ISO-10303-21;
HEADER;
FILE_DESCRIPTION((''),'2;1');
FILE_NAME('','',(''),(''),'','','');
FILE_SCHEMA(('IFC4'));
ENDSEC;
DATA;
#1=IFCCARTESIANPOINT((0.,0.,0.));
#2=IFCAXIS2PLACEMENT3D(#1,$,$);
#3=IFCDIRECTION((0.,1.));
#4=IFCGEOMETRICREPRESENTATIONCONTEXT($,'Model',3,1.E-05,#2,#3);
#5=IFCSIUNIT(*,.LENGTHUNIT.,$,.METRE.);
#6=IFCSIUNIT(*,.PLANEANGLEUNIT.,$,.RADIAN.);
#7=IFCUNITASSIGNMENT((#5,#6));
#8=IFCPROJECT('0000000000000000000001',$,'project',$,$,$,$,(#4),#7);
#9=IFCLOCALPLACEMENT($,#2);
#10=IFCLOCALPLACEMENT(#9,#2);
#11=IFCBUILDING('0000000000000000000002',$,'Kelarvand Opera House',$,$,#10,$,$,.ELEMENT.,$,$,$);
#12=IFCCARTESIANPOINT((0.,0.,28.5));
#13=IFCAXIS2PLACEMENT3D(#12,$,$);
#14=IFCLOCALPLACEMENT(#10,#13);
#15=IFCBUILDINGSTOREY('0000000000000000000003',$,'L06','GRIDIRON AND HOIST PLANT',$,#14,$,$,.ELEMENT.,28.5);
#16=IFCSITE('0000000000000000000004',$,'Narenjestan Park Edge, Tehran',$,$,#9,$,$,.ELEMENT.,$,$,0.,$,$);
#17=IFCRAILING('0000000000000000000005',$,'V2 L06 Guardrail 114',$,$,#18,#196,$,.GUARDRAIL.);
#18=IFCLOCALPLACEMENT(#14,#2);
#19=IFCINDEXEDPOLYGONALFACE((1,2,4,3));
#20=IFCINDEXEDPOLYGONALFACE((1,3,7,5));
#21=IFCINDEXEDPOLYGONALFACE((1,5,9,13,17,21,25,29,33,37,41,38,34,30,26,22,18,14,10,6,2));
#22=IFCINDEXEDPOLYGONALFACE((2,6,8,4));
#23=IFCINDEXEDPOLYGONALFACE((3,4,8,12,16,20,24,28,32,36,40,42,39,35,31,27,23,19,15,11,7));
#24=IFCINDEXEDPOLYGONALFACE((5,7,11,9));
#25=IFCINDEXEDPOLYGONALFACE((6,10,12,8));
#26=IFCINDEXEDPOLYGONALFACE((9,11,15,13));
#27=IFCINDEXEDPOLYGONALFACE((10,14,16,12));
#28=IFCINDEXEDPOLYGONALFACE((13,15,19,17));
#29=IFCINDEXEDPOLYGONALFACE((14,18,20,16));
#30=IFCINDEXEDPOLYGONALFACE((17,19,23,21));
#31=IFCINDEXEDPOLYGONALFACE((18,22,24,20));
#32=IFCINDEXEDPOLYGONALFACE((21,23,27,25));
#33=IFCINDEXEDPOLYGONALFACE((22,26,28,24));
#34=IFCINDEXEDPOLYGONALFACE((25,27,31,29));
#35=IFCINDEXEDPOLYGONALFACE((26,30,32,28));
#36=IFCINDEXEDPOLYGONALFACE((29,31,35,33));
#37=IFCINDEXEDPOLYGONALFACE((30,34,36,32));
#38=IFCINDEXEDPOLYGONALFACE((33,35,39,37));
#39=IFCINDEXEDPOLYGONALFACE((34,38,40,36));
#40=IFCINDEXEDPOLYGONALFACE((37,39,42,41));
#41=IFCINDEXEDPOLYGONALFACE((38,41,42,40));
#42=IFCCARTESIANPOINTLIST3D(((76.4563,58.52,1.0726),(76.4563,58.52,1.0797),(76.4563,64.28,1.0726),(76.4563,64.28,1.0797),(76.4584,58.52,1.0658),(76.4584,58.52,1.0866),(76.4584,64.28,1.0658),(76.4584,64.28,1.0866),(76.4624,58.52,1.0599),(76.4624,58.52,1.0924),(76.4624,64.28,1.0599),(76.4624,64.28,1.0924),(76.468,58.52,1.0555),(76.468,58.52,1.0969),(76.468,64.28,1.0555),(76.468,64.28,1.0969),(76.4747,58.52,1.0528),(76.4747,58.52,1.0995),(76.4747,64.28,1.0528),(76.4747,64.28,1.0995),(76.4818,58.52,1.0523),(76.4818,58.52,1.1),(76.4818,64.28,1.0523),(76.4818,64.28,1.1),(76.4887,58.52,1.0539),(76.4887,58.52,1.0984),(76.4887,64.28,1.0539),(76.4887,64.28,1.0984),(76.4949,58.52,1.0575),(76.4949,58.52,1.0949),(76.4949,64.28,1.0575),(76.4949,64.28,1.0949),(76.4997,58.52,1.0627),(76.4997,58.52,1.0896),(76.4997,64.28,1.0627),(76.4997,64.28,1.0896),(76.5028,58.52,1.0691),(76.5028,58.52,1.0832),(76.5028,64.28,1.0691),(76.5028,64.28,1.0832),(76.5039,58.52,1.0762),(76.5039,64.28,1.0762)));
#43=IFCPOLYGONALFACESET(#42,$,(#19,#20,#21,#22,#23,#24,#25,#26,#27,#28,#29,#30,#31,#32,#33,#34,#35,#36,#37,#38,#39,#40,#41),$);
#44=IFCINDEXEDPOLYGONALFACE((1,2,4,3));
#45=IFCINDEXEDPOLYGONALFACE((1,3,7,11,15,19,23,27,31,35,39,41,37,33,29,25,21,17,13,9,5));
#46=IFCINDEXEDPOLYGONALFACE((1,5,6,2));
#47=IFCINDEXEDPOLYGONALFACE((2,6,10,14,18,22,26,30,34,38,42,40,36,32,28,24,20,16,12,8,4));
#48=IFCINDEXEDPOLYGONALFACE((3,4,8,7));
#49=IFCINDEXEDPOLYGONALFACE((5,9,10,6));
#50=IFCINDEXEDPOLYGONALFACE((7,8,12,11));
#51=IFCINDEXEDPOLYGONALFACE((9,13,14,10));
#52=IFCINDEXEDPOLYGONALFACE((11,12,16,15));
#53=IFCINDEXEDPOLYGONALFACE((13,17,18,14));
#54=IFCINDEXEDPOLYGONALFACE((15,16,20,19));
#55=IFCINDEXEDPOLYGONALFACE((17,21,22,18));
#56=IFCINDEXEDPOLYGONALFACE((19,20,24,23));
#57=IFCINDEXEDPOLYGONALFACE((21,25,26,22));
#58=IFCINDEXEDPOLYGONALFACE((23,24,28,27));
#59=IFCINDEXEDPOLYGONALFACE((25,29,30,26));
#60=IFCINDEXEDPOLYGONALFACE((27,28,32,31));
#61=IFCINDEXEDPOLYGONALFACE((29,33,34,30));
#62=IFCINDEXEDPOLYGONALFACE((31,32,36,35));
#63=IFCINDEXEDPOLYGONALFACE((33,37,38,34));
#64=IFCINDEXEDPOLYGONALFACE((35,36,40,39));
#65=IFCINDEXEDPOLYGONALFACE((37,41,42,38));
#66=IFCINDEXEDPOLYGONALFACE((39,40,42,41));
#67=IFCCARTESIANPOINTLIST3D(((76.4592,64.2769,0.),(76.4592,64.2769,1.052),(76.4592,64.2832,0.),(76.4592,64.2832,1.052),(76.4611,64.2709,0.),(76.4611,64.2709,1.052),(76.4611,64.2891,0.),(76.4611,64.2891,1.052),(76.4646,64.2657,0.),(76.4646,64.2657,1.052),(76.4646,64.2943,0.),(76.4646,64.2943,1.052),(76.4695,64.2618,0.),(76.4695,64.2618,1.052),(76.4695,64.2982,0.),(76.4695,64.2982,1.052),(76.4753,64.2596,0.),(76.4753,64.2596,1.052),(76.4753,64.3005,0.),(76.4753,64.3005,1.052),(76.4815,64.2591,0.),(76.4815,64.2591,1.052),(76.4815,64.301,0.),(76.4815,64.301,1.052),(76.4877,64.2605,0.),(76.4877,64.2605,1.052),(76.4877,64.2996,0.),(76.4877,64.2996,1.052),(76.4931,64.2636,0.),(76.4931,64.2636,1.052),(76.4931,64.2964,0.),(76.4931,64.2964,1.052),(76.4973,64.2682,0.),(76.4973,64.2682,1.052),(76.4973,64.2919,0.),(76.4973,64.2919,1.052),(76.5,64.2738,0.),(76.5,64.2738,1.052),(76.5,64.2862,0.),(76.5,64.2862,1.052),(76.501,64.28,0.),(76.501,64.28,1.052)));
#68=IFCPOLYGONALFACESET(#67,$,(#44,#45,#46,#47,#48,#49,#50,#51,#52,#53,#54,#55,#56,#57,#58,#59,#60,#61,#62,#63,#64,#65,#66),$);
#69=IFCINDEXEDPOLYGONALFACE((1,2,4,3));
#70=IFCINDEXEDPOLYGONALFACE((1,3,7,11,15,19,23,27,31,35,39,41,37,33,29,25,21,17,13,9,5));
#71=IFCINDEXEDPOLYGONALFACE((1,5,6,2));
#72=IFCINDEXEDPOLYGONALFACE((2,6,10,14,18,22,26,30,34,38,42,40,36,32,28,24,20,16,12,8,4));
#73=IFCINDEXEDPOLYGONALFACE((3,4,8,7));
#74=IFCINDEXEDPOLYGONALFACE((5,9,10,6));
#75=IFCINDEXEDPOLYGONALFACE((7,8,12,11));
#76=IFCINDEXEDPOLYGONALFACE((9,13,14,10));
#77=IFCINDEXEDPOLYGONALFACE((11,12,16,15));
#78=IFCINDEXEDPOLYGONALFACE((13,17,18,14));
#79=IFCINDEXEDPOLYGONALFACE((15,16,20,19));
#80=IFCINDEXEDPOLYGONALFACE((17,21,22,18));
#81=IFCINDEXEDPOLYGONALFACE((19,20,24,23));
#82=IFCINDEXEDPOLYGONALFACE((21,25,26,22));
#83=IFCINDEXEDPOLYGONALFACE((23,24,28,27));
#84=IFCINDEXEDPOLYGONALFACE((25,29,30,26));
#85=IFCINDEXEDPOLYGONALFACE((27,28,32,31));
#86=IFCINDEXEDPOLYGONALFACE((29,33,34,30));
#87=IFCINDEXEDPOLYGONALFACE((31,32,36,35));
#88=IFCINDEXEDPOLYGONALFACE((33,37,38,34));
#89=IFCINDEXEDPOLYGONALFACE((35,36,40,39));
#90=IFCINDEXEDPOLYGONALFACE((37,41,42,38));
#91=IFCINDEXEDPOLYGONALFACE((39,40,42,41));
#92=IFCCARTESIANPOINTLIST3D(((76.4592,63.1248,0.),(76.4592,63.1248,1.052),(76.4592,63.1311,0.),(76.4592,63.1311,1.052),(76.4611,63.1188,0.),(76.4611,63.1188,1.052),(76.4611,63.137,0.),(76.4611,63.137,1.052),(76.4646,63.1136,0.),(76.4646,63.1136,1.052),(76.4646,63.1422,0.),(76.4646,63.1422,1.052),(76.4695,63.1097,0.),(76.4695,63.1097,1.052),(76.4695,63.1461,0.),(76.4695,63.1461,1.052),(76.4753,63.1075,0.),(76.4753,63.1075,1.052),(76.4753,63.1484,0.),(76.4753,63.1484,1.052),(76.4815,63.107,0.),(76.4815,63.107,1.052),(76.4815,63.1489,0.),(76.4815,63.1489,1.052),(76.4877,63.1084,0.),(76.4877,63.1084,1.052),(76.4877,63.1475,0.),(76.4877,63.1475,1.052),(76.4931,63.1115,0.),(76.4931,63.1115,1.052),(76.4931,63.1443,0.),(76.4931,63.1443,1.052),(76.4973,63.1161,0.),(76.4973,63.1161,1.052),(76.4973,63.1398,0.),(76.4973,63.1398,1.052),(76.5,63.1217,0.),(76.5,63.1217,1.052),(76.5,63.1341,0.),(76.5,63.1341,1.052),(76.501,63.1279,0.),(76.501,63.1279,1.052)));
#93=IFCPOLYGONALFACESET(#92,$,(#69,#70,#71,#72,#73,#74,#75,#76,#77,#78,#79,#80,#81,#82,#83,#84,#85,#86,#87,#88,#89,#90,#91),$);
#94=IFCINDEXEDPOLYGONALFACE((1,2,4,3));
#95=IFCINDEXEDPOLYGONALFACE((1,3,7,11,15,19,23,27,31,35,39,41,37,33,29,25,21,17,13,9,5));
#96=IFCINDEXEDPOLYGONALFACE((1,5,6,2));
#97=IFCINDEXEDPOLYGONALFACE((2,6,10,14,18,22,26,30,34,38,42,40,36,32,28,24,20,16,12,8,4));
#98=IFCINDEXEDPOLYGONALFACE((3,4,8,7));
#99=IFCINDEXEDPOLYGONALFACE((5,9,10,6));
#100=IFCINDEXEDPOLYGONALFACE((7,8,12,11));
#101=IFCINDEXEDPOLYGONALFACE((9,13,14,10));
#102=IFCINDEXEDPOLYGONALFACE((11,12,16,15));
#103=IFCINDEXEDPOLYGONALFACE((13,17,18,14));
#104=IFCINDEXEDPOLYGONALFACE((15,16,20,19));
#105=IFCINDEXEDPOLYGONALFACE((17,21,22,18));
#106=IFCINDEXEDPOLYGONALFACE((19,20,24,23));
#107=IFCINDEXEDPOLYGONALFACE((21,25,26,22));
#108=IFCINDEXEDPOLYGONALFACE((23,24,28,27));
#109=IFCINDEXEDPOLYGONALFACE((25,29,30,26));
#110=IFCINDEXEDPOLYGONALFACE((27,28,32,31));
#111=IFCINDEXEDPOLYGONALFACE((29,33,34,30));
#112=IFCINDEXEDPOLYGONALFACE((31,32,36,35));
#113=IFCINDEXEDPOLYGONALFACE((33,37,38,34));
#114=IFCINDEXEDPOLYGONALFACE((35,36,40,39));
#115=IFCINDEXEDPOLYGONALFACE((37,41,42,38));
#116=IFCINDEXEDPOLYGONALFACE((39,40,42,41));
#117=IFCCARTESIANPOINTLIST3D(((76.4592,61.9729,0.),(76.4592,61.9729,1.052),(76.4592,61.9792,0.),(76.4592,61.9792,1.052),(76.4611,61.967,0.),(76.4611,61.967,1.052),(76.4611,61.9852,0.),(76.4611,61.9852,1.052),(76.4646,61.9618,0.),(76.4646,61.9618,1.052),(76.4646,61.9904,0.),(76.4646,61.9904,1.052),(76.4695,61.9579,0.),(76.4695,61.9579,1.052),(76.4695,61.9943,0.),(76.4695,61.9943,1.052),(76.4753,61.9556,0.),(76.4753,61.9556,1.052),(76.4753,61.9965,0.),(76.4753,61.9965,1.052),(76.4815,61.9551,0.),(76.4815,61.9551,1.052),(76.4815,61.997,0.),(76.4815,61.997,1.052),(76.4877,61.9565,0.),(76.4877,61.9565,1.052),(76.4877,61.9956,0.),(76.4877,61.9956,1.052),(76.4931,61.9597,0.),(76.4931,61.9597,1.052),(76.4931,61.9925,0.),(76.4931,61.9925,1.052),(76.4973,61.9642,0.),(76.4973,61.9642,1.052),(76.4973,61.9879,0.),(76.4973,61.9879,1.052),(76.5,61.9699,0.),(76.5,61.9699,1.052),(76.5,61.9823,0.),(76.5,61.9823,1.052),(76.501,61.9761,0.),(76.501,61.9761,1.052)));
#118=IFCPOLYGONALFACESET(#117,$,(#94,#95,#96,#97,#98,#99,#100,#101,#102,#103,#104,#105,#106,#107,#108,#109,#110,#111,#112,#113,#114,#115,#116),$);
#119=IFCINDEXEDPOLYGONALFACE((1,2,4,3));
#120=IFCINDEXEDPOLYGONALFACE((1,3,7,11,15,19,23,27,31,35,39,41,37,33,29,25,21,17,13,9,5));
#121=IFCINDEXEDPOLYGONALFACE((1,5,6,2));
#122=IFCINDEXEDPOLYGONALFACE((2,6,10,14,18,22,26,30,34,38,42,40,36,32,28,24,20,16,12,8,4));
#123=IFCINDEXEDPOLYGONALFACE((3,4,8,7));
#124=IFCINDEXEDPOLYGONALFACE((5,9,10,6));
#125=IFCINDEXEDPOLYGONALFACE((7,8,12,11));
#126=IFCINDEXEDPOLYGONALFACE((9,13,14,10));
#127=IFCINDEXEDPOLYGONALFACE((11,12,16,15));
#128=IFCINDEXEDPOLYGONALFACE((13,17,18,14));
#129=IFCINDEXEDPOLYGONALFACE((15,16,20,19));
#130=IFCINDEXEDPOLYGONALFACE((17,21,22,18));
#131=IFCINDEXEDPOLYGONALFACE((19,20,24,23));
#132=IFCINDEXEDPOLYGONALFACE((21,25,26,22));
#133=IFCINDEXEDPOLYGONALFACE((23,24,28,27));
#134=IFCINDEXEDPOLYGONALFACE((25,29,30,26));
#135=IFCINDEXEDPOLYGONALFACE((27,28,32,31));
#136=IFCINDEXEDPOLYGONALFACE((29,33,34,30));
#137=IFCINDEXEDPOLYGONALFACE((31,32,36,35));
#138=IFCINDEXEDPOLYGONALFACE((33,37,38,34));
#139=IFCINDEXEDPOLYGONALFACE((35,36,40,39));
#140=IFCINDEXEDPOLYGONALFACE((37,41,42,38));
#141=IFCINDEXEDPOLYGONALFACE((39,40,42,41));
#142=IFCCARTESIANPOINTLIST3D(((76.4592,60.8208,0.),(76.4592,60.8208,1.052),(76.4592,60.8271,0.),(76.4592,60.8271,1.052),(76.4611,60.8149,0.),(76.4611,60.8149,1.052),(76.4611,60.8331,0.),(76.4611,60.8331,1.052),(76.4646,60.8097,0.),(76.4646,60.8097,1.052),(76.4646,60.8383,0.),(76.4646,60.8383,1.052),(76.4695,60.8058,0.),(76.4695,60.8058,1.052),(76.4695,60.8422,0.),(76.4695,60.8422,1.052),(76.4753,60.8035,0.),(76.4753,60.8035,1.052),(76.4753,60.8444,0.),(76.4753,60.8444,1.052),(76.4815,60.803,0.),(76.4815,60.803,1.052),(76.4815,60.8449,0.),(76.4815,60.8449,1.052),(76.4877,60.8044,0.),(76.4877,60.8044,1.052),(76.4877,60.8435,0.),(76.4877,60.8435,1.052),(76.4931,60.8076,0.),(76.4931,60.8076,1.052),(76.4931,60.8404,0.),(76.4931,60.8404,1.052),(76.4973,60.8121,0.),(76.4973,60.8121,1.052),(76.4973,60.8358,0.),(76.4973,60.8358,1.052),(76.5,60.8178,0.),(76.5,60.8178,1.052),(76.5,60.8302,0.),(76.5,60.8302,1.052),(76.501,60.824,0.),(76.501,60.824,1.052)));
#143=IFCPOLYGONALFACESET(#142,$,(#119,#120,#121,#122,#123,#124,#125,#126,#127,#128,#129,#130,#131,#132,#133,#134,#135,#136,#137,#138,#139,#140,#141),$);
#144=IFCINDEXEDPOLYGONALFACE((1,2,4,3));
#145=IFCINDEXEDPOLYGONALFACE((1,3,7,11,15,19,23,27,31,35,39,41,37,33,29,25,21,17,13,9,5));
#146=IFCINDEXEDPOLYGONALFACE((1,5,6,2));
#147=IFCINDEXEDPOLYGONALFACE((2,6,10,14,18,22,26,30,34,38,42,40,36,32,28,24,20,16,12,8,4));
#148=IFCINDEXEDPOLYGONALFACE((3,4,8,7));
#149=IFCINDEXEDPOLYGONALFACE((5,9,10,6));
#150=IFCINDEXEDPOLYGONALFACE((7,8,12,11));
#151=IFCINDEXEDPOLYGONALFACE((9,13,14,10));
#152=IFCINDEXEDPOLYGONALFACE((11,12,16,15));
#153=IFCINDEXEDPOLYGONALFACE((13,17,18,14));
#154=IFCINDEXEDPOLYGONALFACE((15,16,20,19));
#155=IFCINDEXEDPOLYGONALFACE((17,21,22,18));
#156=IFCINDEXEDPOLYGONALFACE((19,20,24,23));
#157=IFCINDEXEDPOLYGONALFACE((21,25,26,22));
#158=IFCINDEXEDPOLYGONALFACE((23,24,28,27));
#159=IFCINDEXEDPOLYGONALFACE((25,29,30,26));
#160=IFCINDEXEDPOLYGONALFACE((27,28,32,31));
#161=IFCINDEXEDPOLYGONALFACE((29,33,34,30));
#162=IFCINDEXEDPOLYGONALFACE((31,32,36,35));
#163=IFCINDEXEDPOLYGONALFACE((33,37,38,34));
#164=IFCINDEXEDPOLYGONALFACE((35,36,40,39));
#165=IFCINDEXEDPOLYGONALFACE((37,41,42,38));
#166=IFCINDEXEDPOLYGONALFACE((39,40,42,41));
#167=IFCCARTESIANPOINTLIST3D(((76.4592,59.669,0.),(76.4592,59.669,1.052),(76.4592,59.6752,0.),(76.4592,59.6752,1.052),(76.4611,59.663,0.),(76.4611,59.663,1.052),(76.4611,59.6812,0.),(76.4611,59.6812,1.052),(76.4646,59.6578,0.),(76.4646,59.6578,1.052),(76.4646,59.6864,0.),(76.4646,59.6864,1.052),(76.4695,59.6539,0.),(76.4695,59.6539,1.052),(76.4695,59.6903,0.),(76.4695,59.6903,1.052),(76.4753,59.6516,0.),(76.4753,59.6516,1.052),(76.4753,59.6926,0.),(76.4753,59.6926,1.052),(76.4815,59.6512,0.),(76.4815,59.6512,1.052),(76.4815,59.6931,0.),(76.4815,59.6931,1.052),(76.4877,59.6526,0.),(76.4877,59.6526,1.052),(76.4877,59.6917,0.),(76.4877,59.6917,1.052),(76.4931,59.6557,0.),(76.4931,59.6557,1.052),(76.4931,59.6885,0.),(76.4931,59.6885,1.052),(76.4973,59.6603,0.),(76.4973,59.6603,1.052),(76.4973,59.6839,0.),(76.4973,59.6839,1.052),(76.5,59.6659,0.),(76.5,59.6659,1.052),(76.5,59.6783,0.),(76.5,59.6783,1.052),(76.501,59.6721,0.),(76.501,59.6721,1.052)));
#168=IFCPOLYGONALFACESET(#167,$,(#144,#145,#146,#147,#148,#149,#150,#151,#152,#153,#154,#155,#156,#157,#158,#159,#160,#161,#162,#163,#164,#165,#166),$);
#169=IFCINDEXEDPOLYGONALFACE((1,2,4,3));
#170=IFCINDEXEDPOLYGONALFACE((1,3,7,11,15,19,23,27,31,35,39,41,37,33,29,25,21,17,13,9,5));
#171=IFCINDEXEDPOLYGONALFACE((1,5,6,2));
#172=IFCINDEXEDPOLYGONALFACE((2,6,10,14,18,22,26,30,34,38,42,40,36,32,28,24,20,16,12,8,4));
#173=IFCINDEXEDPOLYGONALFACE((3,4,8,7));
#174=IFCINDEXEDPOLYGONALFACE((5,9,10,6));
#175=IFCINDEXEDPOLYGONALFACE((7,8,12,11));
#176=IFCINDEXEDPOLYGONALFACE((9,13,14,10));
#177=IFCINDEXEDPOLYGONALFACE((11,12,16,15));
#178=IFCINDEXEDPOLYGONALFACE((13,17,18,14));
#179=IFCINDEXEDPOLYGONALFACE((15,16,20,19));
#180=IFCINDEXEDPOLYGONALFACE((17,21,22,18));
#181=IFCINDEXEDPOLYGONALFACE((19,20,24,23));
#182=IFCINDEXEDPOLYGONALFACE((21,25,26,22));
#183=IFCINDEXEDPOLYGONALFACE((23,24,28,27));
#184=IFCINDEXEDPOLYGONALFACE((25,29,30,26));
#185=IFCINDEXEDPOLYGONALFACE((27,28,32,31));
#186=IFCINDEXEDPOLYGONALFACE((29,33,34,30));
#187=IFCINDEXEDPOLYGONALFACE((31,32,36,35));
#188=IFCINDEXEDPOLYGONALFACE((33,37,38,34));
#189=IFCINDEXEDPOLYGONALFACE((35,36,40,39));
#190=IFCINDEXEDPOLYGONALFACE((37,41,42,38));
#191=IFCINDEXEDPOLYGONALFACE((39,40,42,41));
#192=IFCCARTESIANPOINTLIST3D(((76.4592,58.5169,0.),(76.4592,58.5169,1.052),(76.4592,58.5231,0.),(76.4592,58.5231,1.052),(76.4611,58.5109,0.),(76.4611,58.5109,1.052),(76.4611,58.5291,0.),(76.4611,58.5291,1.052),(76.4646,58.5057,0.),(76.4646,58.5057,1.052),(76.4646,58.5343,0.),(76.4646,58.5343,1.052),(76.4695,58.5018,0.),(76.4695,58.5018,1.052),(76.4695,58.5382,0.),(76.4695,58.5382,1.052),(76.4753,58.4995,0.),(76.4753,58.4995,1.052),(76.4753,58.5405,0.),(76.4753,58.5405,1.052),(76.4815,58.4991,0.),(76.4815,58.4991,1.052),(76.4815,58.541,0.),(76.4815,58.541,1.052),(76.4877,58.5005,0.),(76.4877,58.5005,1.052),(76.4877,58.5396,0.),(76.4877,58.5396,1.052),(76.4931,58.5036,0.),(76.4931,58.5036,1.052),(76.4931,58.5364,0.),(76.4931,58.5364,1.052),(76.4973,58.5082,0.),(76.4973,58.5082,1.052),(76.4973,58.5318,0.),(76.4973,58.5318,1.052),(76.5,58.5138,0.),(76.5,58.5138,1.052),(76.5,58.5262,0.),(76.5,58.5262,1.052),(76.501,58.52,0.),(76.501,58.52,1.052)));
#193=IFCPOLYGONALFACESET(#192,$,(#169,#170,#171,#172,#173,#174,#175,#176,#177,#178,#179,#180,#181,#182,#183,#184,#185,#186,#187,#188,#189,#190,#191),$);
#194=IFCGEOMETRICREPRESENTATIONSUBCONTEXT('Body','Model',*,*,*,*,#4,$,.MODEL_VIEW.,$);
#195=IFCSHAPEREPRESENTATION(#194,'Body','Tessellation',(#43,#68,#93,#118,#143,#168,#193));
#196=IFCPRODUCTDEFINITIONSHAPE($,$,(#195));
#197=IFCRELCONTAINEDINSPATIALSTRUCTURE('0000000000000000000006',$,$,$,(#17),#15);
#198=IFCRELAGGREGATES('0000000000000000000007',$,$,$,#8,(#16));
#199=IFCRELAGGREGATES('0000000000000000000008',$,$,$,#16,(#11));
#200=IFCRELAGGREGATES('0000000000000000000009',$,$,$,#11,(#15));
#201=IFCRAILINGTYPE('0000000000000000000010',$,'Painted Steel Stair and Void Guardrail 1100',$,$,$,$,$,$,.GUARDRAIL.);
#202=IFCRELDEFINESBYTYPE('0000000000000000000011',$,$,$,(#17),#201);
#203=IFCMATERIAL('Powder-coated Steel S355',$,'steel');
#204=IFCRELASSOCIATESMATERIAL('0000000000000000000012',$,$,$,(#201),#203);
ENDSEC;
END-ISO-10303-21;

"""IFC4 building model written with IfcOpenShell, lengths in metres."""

from ifc_helpers import new_model, si_unit, direction, frame, origin, origin_2d, place, context, subcontext, project, spatial, circle, extrude, material, type_object, element, save


model = new_model("IFC4")

# Units and contexts
model_context = context("Model", 3, precision=1e-05, world=origin(), true_north=direction((0.0, 1.0)))
body_context = subcontext(model_context, "Body", "Model", "MODEL_VIEW")
ifc_project = project(units=[si_unit("LENGTHUNIT", "METRE"), si_unit("PLANEANGLEUNIT", "RADIAN")], contexts=[model_context])

# Site, building, storey
site_placement = place(None, origin())
site = spatial("IfcSite", under=ifc_project, at=site_placement, Name="Narenjestan Park Edge, Tehran", CompositionType="ELEMENT", RefElevation=0.0)
building_placement = place(site_placement, origin())
building = spatial("IfcBuilding", under=site, at=building_placement, Name="Kelarvand Opera House", CompositionType="ELEMENT")
storey_placement = place(building_placement, frame((0.0, 0.0, 28.5)))
storey = spatial("IfcBuildingStorey", under=building, at=storey_placement, Name="L06", Description="GRIDIRON AND HOIST PLANT", CompositionType="ELEMENT", Elevation=28.5)

# Railing
ifc_material_1 = material(Name="Powder-coated Steel S355", Category="steel")
railing_type = type_object("IfcRailingType", Name="Painted Steel Stair and Void Guardrail 1100", PredefinedType="GUARDRAIL", material=ifc_material_1)
for number, where, name in (
    (1, (76.48, 64.28, 0.0), "V2 L06 Guardrail 114"),
):
    element("IfcRailing", number, at=place(storey_placement, frame(where)), inside=storey, type_object=railing_type, Name=name, PredefinedType="GUARDRAIL", context=body_context, shape_type="SweptSolid", body=[
        extrude(circle(Radius=0.0239, at=origin_2d()), frame((0.0, 0.0, 1.0762), z_axis=(0.0, -1.0, 0.0), x_axis=(1.0, 0.0, 0.0)), (0.0, 0.0, 1.0), 5.76),
        extrude(circle(Radius=0.021, at=origin_2d()), origin(), (0.0, 0.0, 1.0), 1.052),
        extrude(circle(Radius=0.021, at=origin_2d()), frame((0.0, -1.1521, 0.0)), (0.0, 0.0, 1.0), 1.052),
        extrude(circle(Radius=0.021, at=origin_2d()), frame((0.0, -2.304, 0.0)), (0.0, 0.0, 1.0), 1.052),
        extrude(circle(Radius=0.021, at=origin_2d()), frame((0.0, -3.4561, 0.0)), (0.0, 0.0, 1.0), 1.052),
        extrude(circle(Radius=0.021, at=origin_2d()), frame((0.0, -4.6079, 0.0)), (0.0, 0.0, 1.0), 1.052),
        extrude(circle(Radius=0.021, at=origin_2d()), frame((0.0, -5.76, 0.0)), (0.0, 0.0, 1.0), 1.052),
    ])

save(model, "model.ifc")
